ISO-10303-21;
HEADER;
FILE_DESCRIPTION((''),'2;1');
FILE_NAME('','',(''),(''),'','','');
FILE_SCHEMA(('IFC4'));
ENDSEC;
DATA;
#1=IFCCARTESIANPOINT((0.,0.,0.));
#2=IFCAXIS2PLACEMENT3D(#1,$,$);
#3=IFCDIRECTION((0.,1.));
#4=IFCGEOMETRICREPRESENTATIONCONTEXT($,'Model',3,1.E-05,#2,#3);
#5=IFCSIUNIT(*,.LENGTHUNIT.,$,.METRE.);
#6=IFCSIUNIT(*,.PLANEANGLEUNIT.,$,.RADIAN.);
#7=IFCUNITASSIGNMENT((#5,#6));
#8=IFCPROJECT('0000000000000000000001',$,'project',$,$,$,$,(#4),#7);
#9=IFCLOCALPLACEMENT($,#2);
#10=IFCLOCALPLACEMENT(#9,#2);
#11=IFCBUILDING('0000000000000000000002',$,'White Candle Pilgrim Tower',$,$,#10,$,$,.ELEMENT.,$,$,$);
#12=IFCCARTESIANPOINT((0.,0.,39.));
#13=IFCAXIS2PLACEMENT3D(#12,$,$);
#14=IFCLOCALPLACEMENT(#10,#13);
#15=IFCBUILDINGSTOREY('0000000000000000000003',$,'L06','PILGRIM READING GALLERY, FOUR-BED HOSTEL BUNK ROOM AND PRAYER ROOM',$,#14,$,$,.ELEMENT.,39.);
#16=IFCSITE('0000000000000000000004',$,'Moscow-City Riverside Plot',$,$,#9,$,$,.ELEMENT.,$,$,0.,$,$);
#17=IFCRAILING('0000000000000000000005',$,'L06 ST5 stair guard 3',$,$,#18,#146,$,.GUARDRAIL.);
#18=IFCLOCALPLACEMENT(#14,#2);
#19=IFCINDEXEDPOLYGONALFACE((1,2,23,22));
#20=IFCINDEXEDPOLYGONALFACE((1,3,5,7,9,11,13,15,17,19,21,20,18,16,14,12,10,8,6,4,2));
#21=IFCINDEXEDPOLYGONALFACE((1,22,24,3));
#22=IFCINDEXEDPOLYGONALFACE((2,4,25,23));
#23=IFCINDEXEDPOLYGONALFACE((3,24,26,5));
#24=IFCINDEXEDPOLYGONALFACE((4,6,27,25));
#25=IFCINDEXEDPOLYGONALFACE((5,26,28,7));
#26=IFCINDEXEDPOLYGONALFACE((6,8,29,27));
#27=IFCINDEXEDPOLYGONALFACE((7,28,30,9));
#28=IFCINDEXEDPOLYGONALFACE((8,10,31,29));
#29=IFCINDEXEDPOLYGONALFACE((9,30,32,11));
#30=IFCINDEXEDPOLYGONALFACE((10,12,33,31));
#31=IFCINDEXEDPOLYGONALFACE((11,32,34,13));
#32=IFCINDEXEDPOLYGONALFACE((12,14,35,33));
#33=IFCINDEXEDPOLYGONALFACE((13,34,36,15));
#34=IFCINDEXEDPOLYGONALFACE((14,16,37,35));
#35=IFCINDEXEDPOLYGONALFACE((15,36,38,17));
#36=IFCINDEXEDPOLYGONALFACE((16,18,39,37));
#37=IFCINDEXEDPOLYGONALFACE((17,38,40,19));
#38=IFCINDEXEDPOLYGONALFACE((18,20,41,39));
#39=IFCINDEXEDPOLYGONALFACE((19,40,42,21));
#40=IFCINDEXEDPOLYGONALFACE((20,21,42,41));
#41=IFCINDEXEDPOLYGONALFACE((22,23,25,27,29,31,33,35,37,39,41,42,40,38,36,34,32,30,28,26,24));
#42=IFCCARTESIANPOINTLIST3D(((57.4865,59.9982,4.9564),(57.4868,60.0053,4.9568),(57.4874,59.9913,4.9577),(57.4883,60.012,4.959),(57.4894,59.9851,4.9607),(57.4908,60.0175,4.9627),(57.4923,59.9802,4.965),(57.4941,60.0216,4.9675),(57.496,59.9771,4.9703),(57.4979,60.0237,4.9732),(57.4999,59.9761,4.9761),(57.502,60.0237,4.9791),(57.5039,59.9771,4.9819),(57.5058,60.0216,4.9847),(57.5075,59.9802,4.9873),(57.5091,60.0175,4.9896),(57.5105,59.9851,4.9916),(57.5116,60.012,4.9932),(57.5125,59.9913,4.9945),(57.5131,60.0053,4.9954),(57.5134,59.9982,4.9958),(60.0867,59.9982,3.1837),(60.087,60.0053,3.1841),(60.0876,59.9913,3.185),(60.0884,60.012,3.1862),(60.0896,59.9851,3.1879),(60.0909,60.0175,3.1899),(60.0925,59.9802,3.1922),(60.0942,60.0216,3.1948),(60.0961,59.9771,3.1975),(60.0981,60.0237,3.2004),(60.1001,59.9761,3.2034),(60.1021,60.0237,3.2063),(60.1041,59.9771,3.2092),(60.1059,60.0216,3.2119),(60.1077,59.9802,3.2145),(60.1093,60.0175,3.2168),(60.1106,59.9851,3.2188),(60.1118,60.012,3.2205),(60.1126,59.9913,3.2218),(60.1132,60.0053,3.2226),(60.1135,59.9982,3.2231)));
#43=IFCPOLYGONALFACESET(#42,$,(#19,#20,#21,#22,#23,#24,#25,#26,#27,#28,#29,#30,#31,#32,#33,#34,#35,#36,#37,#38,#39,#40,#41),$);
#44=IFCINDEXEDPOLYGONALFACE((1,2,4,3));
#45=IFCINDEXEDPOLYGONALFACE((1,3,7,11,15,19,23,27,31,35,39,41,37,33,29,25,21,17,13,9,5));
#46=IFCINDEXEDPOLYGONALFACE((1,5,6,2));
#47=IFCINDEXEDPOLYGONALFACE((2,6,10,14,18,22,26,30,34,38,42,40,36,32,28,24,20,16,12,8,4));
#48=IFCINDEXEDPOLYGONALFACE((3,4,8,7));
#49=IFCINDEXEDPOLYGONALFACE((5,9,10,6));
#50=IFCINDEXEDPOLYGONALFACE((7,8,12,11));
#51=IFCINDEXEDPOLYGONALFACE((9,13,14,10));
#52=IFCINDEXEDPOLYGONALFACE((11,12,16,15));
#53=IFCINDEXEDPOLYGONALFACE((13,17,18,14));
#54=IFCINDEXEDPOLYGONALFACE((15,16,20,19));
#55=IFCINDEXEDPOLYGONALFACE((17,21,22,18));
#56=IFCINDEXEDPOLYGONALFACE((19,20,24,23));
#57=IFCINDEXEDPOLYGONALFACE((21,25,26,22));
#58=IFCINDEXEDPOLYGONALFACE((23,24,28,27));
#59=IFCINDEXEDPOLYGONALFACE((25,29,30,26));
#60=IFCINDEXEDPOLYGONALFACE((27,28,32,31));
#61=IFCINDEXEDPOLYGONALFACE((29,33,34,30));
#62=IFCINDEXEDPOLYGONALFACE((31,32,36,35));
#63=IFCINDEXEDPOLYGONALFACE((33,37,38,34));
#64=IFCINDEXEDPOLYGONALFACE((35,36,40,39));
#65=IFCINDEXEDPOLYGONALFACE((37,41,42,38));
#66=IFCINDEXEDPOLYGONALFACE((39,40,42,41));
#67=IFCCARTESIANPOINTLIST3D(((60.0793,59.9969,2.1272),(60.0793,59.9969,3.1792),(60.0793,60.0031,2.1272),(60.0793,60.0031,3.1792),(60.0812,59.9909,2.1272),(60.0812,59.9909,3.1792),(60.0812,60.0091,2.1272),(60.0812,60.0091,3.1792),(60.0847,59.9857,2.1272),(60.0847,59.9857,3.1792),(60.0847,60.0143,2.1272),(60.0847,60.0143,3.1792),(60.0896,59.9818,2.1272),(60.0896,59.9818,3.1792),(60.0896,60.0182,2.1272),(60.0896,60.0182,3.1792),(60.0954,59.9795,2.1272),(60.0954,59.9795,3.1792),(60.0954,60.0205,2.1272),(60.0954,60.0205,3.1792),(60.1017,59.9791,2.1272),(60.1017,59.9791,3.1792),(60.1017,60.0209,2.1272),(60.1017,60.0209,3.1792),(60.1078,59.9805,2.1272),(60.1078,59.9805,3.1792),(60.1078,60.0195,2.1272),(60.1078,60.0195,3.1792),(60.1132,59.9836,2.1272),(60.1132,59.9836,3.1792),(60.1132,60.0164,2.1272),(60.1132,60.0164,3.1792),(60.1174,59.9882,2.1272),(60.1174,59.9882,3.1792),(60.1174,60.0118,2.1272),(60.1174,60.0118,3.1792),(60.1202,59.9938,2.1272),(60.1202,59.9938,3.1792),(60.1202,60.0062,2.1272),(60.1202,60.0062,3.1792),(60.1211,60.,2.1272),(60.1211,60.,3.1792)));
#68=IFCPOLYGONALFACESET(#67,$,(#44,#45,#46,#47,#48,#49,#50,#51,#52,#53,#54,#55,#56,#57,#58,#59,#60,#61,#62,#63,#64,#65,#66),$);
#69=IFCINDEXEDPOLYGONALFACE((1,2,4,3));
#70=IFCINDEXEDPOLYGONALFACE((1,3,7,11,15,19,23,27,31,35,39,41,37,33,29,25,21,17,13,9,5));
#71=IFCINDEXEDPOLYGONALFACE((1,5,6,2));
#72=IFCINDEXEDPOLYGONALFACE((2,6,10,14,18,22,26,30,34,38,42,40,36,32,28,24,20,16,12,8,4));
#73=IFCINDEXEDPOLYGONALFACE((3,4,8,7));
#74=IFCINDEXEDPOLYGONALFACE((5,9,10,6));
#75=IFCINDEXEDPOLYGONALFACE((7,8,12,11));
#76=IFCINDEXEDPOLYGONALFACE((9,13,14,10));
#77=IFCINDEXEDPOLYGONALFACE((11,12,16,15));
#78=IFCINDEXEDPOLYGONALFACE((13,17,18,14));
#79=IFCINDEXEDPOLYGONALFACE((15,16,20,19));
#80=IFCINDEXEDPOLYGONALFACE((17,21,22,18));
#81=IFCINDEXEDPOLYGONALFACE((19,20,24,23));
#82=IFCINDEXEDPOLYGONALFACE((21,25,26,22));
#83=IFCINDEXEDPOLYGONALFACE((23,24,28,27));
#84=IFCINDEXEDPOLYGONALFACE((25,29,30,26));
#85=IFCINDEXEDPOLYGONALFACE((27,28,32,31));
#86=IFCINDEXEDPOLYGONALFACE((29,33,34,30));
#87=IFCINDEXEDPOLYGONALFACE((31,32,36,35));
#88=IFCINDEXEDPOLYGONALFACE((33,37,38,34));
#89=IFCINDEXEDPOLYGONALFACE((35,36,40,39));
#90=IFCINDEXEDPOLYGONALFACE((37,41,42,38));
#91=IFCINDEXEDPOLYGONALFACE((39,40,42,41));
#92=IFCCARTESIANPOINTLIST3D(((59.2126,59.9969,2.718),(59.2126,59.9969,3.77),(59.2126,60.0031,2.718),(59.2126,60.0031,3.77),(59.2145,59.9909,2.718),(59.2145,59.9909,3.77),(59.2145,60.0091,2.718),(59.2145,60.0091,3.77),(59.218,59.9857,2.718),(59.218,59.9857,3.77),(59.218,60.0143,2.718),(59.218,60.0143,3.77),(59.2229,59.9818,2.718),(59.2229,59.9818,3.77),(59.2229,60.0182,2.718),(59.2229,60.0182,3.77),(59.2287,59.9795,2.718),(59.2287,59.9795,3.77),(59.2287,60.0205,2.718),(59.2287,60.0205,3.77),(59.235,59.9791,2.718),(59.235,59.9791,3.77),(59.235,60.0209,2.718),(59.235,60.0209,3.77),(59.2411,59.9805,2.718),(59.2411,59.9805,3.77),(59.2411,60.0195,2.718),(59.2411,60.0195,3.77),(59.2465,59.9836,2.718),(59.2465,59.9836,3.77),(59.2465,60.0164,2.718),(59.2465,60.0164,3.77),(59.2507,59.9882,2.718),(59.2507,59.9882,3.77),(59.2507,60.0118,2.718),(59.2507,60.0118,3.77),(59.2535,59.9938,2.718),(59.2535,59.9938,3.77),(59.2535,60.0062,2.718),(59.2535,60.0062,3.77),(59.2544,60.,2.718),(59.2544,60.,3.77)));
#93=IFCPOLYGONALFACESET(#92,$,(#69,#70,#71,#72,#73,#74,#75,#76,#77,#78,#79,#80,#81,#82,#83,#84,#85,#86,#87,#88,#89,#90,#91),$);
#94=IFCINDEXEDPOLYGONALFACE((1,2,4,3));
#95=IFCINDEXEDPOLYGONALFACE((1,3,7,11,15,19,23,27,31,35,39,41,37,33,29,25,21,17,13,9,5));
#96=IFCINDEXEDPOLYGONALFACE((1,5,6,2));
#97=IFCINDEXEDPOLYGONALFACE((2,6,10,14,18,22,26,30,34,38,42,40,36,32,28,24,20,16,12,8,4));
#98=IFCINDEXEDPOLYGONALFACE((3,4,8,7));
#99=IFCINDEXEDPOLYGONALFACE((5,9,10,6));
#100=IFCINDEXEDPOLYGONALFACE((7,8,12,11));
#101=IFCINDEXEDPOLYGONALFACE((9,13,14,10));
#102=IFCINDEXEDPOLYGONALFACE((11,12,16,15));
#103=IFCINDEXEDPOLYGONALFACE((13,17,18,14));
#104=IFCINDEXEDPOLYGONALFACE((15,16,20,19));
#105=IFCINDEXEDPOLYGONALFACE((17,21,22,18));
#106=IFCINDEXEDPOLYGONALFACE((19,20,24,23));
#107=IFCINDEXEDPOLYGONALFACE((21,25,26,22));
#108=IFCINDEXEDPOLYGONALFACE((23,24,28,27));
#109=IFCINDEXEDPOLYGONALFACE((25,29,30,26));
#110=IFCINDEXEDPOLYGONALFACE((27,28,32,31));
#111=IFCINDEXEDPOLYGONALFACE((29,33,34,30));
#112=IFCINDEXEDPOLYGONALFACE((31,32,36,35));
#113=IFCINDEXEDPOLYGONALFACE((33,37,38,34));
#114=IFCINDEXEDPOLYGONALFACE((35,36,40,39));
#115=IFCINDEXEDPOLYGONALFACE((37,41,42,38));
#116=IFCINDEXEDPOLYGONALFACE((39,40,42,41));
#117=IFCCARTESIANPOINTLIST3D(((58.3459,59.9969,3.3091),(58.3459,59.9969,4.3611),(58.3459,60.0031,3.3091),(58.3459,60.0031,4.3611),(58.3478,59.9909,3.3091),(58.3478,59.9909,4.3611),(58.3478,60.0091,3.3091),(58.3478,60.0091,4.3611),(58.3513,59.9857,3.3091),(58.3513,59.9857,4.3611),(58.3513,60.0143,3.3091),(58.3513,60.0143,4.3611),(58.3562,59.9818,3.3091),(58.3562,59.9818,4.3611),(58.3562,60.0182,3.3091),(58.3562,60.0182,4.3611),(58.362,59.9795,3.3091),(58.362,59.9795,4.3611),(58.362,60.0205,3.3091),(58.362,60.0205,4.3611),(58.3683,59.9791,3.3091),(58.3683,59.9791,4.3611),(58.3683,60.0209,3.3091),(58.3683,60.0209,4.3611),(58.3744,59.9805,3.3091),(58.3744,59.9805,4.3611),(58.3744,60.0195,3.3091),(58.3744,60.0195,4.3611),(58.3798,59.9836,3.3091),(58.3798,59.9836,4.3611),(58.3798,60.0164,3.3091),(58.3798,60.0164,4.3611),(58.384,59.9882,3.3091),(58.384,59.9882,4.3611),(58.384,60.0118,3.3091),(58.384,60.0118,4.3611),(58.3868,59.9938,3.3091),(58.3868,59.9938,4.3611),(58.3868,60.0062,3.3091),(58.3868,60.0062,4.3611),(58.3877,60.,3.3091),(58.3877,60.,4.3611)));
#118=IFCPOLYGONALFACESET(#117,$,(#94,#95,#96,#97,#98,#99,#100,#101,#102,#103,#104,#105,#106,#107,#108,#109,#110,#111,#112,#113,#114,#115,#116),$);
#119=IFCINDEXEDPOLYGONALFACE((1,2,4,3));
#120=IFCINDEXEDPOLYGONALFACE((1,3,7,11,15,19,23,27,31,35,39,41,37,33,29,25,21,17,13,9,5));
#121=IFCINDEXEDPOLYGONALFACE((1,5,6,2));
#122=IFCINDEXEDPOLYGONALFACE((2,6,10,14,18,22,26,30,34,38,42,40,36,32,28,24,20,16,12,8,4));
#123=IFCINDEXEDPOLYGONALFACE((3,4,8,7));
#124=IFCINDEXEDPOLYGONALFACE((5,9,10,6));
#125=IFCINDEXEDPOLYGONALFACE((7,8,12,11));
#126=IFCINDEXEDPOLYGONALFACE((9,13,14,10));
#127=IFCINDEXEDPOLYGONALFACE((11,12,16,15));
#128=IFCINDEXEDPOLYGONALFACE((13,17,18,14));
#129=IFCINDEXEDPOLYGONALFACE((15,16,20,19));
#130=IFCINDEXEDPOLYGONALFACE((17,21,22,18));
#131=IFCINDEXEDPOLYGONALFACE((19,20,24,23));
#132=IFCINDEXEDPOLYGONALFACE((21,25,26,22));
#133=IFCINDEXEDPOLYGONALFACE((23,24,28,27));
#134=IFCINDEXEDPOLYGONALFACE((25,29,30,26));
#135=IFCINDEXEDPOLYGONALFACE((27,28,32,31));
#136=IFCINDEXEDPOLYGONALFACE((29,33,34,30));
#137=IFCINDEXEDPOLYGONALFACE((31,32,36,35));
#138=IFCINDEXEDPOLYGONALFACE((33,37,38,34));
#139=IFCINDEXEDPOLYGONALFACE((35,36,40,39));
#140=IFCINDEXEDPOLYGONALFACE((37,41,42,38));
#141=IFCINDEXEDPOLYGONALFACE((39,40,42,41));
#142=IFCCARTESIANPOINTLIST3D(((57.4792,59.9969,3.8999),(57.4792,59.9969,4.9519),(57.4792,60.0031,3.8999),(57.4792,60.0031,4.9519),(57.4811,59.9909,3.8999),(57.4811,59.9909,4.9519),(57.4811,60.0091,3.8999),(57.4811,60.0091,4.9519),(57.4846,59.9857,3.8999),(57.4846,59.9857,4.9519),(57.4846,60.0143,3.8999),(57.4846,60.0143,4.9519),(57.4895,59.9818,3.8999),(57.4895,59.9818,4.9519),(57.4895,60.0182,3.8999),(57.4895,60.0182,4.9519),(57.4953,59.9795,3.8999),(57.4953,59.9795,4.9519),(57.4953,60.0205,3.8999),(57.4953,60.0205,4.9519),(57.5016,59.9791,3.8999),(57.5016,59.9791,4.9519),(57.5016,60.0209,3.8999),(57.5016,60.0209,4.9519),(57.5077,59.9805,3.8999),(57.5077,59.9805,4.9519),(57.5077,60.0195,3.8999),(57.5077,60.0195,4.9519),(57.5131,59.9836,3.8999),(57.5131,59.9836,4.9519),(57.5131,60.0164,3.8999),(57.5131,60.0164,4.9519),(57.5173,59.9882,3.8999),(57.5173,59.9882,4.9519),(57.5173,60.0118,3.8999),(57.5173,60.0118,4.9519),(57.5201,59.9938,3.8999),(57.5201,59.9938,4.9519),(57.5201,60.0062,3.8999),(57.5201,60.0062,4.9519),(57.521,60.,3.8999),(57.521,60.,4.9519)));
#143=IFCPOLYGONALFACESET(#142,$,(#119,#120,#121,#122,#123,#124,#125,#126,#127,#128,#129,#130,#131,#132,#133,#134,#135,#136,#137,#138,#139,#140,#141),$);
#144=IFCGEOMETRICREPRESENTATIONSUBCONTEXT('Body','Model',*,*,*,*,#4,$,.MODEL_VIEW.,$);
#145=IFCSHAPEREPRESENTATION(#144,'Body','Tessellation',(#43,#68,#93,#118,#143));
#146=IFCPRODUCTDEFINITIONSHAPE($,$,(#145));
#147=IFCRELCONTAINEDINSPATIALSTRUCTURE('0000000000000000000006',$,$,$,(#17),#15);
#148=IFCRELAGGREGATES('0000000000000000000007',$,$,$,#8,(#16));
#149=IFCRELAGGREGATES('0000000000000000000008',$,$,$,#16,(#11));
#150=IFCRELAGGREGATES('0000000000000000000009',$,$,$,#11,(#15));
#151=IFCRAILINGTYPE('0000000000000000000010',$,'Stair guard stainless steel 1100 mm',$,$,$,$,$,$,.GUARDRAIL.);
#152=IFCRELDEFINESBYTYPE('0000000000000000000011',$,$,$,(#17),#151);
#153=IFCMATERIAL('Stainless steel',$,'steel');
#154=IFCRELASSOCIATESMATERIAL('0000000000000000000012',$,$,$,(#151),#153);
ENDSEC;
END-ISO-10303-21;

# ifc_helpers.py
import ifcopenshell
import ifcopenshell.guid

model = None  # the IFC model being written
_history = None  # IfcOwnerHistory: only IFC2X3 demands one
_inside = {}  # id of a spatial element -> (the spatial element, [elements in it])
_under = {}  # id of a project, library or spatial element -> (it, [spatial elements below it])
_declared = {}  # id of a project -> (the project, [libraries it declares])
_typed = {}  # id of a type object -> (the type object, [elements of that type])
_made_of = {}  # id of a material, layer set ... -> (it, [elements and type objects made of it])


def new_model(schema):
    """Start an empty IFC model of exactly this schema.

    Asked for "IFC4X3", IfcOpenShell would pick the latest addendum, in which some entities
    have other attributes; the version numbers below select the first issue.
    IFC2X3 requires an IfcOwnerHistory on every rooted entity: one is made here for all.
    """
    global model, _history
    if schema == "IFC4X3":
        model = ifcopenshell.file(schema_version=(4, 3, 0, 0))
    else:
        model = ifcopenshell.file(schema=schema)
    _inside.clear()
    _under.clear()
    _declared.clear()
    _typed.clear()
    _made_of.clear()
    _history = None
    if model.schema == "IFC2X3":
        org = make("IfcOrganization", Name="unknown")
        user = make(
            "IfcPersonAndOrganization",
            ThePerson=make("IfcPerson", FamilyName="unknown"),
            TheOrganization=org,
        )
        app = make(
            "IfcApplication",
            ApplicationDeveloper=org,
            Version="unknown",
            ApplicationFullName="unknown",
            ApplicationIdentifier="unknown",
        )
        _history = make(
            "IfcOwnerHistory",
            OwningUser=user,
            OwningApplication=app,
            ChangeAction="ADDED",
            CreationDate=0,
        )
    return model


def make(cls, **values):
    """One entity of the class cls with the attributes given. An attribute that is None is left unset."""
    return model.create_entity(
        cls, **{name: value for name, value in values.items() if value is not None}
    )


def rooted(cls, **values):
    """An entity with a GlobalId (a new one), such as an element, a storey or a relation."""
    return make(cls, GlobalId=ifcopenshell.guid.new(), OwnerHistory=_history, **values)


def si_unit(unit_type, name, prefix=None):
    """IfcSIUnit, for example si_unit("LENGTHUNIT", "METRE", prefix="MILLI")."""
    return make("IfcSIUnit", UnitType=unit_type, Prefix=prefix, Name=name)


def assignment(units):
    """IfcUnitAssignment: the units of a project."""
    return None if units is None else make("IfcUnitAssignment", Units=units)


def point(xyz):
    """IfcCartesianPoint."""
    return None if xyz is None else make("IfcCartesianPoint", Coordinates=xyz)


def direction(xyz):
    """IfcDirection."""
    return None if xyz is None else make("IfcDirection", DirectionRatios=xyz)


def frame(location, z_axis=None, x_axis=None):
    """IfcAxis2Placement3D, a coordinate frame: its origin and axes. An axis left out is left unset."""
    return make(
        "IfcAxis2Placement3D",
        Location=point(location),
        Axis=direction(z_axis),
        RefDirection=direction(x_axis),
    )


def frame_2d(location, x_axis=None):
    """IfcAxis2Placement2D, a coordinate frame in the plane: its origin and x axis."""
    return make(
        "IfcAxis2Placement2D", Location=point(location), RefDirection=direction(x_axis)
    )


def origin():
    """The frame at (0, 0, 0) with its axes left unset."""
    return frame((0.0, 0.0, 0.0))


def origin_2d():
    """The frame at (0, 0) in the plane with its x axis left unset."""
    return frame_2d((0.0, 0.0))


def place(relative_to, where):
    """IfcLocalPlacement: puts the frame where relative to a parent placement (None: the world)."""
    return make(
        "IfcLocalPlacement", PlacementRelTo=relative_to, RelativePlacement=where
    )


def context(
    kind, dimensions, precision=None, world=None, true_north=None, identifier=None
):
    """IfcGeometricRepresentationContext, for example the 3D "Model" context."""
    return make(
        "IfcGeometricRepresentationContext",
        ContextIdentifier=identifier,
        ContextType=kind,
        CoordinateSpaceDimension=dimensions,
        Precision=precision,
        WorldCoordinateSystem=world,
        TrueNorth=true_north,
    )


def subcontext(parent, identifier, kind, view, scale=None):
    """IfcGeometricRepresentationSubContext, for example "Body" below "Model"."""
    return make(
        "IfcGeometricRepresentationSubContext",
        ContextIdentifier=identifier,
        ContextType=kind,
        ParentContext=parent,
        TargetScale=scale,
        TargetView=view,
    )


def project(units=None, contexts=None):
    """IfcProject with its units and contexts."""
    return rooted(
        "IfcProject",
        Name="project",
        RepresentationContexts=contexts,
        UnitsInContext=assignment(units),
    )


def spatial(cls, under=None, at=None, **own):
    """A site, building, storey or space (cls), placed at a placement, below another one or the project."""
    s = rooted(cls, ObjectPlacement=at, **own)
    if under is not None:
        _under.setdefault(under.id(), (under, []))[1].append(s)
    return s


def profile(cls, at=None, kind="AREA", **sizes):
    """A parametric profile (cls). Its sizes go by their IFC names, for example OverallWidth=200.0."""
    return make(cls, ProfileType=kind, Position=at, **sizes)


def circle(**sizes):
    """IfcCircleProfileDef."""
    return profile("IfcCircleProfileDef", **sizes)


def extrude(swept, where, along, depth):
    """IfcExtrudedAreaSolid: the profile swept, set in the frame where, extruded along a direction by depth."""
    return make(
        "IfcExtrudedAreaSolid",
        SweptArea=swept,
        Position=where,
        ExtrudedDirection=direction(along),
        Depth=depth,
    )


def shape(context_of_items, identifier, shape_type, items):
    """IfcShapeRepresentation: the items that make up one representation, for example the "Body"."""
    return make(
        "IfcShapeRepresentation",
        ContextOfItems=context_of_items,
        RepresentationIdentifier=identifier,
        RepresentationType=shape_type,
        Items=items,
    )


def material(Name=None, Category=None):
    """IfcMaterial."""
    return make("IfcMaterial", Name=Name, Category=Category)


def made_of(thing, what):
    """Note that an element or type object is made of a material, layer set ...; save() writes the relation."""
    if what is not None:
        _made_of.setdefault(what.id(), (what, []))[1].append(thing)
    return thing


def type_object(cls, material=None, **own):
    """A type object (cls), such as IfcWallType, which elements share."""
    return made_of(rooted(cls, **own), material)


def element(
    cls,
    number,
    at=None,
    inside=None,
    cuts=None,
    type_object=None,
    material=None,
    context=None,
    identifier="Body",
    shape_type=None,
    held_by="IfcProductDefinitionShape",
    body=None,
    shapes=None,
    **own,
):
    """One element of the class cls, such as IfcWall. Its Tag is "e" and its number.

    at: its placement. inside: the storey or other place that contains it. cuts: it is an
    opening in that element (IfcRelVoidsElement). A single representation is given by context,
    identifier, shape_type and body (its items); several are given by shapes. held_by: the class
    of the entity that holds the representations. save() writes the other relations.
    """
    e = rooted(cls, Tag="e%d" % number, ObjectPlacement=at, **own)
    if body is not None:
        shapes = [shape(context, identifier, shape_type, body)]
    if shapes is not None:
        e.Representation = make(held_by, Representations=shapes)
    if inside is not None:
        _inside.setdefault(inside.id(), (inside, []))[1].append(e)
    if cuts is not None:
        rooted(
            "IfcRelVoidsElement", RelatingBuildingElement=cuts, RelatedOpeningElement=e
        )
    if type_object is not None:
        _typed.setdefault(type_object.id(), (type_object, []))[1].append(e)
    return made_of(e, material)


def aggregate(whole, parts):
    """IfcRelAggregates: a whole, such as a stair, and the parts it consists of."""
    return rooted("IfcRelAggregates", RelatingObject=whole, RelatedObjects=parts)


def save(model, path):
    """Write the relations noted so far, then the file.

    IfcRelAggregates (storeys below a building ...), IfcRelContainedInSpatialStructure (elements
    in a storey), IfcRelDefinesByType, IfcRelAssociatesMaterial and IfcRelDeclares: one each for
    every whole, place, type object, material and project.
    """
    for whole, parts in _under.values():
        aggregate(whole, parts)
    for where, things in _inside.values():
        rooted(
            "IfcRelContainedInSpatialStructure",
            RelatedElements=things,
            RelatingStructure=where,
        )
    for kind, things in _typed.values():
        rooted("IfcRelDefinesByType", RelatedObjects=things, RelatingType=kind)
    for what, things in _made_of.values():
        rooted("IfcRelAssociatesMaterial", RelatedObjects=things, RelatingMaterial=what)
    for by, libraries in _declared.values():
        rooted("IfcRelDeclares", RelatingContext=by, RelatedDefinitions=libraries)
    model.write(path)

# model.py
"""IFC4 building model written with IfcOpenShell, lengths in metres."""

from ifc_helpers import new_model, si_unit, direction, frame, origin, origin_2d, place, context, subcontext, project, spatial, circle, extrude, material, type_object, element, save


model = new_model("IFC4")

# Units and contexts
model_context = context("Model", 3, precision=1e-05, world=origin(), true_north=direction((0.0, 1.0)))
body_context = subcontext(model_context, "Body", "Model", "MODEL_VIEW")
ifc_project = project(units=[si_unit("LENGTHUNIT", "METRE"), si_unit("PLANEANGLEUNIT", "RADIAN")], contexts=[model_context])

# Site, building, storey
site_placement = place(None, origin())
site = spatial("IfcSite", under=ifc_project, at=site_placement, Name="Moscow-City Riverside Plot", CompositionType="ELEMENT", RefElevation=0.0)
building_placement = place(site_placement, origin())
building = spatial("IfcBuilding", under=site, at=building_placement, Name="White Candle Pilgrim Tower", CompositionType="ELEMENT")
storey_placement = place(building_placement, frame((0.0, 0.0, 39.0)))
storey = spatial("IfcBuildingStorey", under=building, at=storey_placement, Name="L06", Description="PILGRIM READING GALLERY, FOUR-BED HOSTEL BUNK ROOM AND PRAYER ROOM", CompositionType="ELEMENT", Elevation=39.0)

# Railing
ifc_material_1 = material(Name="Stainless steel", Category="steel")
railing_type_1 = type_object("IfcRailingType", Name="Stair guard stainless steel 1100 mm", PredefinedType="GUARDRAIL", material=ifc_material_1)
railing_1_placement = place(storey_placement, frame((60.1001, 60.0, 2.1272)))
element("IfcRailing", 1, at=railing_1_placement, inside=storey, type_object=railing_type_1, Name="L06 ST5 stair guard 3", PredefinedType="GUARDRAIL", context=body_context, shape_type="SweptSolid", body=[
    extrude(circle(Radius=0.0239, at=origin_2d()), frame((0.0, 0.0, 1.0762), z_axis=(-0.82624, 0.0, 0.563318), x_axis=(0.0, -1.0, 0.0)), (0.0, 0.0, 1.0), 3.147),
    extrude(circle(Radius=0.021, at=origin_2d()), origin(), (0.0, 0.0, 1.0), 1.052),
    extrude(circle(Radius=0.021, at=origin_2d()), frame((-0.8667, 0.0, 0.5908)), (0.0, 0.0, 1.0), 1.052),
    extrude(circle(Radius=0.021, at=origin_2d()), frame((-1.7334, 0.0, 1.1819)), (0.0, 0.0, 1.0), 1.052),
    extrude(circle(Radius=0.021, at=origin_2d()), frame((-2.6001, 0.0, 1.7727)), (0.0, 0.0, 1.0), 1.052),
])

save(model, "model.ifc")
